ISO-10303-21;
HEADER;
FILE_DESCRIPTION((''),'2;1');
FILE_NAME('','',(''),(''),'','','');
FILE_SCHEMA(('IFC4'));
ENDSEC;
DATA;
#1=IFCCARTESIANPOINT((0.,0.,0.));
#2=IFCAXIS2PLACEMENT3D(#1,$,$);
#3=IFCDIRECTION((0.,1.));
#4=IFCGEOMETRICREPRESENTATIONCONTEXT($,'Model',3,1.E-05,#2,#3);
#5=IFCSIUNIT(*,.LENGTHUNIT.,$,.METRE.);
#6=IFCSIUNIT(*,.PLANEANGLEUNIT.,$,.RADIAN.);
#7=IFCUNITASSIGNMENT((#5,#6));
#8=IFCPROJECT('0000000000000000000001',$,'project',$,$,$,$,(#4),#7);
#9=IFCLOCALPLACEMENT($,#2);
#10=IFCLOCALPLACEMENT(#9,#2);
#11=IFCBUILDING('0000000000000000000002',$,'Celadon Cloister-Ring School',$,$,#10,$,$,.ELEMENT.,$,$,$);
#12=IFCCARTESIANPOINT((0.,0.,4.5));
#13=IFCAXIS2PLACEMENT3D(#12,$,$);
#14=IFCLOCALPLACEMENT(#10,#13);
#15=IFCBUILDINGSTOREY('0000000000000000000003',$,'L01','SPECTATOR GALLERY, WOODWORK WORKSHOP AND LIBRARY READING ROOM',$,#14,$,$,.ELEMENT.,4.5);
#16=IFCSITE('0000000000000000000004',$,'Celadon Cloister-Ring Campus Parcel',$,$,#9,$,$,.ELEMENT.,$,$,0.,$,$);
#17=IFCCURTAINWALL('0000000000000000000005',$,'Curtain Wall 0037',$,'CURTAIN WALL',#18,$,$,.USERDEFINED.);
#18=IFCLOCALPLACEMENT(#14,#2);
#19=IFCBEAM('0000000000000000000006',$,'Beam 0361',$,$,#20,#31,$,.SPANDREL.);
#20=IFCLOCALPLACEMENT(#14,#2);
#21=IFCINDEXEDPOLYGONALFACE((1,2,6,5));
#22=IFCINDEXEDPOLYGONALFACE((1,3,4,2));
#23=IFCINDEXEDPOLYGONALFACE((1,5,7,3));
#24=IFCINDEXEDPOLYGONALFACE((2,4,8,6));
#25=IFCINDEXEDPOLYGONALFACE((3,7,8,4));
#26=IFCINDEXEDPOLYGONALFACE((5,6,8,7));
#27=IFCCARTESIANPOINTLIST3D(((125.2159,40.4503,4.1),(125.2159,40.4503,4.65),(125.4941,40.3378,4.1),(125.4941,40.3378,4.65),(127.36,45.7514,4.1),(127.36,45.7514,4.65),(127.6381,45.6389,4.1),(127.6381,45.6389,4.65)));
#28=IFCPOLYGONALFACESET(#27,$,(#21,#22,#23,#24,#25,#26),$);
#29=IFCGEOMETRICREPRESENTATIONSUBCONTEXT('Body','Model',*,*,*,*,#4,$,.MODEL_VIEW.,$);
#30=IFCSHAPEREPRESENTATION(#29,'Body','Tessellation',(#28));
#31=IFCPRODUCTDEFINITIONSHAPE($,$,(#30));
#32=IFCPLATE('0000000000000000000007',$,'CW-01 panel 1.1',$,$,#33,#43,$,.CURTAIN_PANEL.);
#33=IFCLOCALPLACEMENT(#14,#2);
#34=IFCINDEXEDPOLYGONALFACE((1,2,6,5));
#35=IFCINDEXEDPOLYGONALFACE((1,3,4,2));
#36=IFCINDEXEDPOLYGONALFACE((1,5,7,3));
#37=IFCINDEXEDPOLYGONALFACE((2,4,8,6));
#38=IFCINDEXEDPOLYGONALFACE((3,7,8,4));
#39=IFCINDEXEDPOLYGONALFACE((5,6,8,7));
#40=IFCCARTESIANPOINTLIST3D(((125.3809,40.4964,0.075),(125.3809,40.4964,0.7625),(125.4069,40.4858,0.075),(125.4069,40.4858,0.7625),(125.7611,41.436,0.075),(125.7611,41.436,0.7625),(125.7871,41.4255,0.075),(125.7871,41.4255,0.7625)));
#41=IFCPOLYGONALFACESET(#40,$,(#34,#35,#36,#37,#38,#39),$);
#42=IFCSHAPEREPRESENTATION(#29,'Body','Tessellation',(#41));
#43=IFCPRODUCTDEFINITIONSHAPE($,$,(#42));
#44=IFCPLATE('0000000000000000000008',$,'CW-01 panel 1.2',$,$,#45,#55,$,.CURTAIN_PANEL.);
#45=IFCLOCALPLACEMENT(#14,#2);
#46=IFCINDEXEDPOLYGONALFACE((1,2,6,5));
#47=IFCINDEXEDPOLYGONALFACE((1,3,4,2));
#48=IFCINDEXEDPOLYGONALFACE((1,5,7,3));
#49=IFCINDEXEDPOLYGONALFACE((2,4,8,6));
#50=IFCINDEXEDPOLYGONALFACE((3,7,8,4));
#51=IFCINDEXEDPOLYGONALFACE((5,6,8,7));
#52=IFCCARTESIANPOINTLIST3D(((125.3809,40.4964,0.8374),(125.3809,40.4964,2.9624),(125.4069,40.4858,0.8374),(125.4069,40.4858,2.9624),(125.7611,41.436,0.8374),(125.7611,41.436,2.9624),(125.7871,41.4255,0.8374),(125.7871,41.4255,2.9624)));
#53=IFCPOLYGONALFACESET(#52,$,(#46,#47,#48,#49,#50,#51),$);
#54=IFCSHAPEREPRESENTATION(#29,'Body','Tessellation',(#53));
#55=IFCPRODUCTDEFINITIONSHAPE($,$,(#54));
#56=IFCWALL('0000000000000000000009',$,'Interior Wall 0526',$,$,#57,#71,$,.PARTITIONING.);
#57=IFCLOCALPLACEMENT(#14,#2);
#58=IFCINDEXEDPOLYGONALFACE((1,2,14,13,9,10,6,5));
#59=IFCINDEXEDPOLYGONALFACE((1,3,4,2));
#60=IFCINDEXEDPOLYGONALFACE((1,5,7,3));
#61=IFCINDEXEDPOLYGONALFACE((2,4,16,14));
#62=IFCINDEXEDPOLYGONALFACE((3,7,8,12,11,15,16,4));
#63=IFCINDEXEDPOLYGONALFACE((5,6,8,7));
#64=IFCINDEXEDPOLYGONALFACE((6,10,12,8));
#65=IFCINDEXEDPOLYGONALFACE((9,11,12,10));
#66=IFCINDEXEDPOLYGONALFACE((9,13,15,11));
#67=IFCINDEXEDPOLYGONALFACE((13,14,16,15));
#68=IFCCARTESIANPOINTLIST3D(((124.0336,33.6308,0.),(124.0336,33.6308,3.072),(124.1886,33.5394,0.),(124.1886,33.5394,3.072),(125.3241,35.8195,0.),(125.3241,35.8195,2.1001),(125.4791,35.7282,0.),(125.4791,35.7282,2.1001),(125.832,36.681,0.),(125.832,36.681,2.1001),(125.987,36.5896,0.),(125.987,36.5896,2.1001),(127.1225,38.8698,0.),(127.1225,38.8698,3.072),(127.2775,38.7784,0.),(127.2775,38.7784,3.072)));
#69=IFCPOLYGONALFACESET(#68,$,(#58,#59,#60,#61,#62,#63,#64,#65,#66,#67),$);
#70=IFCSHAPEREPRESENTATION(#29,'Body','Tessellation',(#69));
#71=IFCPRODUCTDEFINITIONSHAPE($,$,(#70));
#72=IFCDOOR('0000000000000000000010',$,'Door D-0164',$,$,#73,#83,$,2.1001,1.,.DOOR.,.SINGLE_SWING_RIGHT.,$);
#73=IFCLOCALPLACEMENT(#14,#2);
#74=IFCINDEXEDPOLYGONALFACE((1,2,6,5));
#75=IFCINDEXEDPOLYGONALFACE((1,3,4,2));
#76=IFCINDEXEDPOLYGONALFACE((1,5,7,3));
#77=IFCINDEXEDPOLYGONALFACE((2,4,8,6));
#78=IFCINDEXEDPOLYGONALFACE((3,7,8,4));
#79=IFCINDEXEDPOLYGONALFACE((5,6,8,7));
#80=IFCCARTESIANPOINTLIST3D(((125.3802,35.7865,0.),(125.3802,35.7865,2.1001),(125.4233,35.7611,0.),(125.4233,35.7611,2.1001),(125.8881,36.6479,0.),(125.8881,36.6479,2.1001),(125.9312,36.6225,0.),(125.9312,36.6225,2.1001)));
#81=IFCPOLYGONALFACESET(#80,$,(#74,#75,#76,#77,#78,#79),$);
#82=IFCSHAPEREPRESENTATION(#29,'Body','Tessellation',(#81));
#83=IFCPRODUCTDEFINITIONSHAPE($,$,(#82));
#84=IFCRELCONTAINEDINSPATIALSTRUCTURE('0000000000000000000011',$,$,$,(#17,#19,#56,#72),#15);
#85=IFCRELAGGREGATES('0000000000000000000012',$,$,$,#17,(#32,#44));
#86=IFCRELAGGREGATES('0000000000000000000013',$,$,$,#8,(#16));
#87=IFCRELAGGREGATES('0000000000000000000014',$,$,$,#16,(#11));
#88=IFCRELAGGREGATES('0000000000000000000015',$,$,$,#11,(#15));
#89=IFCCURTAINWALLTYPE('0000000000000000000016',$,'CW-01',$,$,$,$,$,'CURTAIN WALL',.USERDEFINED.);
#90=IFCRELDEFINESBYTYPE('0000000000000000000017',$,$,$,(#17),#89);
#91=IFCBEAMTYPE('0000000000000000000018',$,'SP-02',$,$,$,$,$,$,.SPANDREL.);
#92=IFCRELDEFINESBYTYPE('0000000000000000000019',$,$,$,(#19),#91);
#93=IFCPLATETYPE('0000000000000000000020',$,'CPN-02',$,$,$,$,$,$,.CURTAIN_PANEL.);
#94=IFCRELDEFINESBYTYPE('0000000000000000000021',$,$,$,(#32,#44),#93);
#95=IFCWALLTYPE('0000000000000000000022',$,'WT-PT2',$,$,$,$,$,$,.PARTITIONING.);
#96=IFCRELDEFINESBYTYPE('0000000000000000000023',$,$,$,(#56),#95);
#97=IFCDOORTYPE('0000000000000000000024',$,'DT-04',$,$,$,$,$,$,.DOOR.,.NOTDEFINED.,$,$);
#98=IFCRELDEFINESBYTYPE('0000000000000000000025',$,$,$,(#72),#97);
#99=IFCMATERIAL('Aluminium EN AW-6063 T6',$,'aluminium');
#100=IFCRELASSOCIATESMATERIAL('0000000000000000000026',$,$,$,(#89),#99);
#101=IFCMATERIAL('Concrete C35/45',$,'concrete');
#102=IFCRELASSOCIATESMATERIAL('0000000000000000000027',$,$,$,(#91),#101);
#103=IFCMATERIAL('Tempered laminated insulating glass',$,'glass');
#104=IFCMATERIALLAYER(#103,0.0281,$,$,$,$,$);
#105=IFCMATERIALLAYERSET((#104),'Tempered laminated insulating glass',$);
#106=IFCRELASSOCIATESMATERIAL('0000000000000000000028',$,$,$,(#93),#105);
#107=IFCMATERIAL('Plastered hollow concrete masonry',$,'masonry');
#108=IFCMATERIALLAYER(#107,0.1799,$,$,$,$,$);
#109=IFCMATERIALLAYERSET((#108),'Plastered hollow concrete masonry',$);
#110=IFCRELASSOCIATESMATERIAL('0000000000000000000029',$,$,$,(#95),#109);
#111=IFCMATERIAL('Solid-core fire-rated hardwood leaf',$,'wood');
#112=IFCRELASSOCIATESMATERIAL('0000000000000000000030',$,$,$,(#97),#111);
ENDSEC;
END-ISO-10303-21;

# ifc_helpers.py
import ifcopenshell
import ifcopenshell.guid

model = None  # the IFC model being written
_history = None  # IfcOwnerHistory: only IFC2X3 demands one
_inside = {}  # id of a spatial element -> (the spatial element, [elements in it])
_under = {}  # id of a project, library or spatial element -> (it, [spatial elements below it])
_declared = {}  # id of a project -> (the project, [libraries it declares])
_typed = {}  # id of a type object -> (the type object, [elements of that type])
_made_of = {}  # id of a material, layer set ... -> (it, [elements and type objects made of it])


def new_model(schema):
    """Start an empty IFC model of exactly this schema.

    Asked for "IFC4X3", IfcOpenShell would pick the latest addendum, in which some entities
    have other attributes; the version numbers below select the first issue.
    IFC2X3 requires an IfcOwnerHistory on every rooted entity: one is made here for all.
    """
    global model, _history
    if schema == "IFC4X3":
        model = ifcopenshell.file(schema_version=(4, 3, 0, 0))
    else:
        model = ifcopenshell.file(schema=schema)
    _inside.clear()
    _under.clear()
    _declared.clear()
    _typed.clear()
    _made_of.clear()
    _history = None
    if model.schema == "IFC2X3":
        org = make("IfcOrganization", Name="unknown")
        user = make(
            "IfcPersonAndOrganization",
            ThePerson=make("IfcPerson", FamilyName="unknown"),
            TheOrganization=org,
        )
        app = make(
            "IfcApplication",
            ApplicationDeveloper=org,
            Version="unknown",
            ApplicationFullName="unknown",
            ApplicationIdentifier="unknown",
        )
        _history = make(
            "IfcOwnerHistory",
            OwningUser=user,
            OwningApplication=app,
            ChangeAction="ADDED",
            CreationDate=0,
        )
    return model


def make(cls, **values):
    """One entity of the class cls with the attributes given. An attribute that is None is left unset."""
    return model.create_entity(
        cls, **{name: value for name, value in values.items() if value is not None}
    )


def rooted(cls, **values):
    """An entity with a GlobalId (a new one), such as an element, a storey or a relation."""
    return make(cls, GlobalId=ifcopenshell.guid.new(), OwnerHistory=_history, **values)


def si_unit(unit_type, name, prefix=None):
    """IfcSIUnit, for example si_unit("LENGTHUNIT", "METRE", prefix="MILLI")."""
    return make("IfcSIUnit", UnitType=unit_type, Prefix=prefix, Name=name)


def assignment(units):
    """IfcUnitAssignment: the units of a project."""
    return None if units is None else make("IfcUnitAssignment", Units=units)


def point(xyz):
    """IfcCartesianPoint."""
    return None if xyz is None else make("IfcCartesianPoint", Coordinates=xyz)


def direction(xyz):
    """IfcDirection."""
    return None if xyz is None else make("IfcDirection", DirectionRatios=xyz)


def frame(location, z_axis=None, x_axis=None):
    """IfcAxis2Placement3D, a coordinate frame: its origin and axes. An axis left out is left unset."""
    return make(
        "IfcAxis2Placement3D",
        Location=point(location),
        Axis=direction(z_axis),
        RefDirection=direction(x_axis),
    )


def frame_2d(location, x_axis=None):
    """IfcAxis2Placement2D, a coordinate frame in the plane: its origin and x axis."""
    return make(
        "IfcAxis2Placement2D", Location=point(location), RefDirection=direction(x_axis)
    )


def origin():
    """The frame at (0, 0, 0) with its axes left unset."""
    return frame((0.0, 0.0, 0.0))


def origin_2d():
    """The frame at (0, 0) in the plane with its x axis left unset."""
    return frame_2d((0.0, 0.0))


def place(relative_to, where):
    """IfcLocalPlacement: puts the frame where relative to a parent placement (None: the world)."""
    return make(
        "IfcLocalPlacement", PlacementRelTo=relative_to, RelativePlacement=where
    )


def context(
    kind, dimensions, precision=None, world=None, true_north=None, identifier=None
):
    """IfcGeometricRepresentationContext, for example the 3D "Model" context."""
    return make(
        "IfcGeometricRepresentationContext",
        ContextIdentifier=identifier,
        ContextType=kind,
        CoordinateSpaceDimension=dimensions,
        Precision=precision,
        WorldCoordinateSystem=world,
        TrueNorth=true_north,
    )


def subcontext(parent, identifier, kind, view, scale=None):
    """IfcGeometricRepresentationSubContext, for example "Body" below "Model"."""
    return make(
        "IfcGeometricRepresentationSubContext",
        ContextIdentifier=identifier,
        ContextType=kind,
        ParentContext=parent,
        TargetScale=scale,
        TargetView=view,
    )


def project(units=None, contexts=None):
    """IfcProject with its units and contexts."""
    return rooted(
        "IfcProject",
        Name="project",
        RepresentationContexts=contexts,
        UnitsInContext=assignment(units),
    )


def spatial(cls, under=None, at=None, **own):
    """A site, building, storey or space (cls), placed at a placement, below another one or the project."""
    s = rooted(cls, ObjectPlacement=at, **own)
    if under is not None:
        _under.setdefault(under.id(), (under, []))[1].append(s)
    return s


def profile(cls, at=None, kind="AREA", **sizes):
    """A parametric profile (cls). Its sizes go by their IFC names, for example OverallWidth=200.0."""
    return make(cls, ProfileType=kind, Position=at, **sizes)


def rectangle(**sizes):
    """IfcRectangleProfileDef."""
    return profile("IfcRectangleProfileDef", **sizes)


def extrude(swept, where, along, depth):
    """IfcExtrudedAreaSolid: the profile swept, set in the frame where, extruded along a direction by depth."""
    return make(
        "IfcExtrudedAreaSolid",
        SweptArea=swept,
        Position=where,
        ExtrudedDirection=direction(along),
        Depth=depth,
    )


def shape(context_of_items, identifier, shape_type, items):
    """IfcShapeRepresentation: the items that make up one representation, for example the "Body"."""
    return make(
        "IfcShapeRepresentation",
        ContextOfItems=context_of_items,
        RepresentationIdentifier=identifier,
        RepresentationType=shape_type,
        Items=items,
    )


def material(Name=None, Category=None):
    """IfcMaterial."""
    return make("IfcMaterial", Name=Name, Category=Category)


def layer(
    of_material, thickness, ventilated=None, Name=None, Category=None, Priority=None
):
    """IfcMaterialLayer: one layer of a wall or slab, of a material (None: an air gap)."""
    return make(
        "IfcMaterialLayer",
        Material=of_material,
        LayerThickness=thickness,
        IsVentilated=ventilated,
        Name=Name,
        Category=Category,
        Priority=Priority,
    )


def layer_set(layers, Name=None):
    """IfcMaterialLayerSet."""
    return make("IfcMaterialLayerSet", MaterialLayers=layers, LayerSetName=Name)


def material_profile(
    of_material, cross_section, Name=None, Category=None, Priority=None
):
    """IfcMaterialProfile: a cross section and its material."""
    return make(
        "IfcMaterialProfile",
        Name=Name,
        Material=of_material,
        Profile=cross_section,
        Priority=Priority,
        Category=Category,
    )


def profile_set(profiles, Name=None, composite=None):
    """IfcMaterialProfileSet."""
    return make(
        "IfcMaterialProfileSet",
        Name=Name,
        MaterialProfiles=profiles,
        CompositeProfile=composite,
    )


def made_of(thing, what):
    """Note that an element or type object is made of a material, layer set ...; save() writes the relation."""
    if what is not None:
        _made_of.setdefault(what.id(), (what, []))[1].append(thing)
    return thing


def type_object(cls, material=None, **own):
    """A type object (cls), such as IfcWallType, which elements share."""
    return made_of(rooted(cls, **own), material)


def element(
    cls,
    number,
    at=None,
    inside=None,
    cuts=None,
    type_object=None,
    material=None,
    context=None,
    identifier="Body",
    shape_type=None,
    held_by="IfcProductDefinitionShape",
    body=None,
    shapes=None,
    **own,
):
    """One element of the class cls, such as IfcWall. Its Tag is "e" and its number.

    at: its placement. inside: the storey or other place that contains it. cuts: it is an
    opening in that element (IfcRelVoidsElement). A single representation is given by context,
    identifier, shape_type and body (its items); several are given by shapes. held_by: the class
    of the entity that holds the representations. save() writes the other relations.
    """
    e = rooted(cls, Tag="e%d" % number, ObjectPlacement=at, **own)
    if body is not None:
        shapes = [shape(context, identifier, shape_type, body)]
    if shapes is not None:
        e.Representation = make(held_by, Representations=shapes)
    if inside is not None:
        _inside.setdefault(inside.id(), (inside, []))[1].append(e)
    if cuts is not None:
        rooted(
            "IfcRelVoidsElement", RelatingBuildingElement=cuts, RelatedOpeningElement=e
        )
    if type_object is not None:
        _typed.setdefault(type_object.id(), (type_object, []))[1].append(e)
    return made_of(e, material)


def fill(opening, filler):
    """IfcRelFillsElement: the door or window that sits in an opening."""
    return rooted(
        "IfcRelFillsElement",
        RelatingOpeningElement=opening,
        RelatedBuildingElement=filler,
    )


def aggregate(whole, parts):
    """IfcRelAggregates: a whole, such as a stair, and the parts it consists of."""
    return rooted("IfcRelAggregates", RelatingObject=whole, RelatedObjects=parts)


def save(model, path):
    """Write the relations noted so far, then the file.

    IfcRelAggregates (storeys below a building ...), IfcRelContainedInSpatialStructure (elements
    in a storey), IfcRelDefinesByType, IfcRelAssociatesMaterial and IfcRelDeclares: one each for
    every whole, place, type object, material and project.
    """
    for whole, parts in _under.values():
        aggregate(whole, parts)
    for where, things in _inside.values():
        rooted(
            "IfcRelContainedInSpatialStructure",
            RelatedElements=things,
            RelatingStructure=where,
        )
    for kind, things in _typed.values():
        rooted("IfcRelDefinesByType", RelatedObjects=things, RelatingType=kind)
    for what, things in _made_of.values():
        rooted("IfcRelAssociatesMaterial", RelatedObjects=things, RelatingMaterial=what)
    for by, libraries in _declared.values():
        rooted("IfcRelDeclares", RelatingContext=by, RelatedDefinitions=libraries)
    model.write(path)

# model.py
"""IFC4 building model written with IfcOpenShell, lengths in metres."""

from ifc_helpers import new_model, si_unit, direction, frame, frame_2d, origin, origin_2d, place, context, subcontext, project, spatial, rectangle, extrude, material, layer, layer_set, material_profile, profile_set, type_object, element, fill, aggregate, save


model = new_model("IFC4")

# Units and contexts
model_context = context("Model", 3, precision=1e-05, world=origin(), true_north=direction((0.0, 1.0)))
body_context = subcontext(model_context, "Body", "Model", "MODEL_VIEW")
ifc_project = project(units=[si_unit("LENGTHUNIT", "METRE"), si_unit("PLANEANGLEUNIT", "RADIAN")], contexts=[model_context])

# Site, building, storey
site_placement = place(None, origin())
site = spatial("IfcSite", under=ifc_project, at=site_placement, Name="Celadon Cloister-Ring Campus Parcel", CompositionType="ELEMENT", RefElevation=0.0)
building_placement = place(site_placement, origin())
building = spatial("IfcBuilding", under=site, at=building_placement, Name="Celadon Cloister-Ring School", CompositionType="ELEMENT")
storey_placement = place(building_placement, frame((0.0, 0.0, 4.5)))
storey = spatial("IfcBuildingStorey", under=building, at=storey_placement, Name="L01", Description="SPECTATOR GALLERY, WOODWORK WORKSHOP AND LIBRARY READING ROOM", CompositionType="ELEMENT", Elevation=4.5)

# Curtain wall
ifc_material_1 = material(Name="Aluminium EN AW-6063 T6", Category="aluminium")
curtain_wall_type = type_object("IfcCurtainWallType", Name="CW-01", ElementType="CURTAIN WALL", PredefinedType="USERDEFINED", material=ifc_material_1)
curtain_wall_placement = place(storey_placement, origin())
curtain_wall = element("IfcCurtainWall", 1, at=curtain_wall_placement, inside=storey, type_object=curtain_wall_type, Name="Curtain Wall 0037", ObjectType="CURTAIN WALL", PredefinedType="USERDEFINED")

# Beam
ifc_material_2 = material(Name="Concrete C35/45", Category="concrete")
ifc_material_profile_1 = material_profile(ifc_material_2, rectangle(XDim=0.3, YDim=0.55, at=origin_2d()), Name="RC300X550")
ifc_profile_set_1 = profile_set([ifc_material_profile_1], Name="Concrete C35/45")
beam_type_1 = type_object("IfcBeamType", Name="SP-02", PredefinedType="SPANDREL", material=ifc_profile_set_1)
beam_1_placement = place(storey_placement, frame((125.355, 40.394, 4.375), z_axis=(0.374951, 0.927045, 0.0), x_axis=(-0.927045, 0.374951, 0.0)))
element("IfcBeam", 2, at=beam_1_placement, inside=storey, type_object=beam_type_1, Name="Beam 0361", PredefinedType="SPANDREL", context=body_context, shape_type="SweptSolid", body=[
    extrude(rectangle(XDim=0.3, YDim=0.55, at=origin_2d()), origin(), (0.0, 0.0, 1.0), 5.7183),
])

# Plates
ifc_material_3 = material(Name="Tempered laminated insulating glass", Category="glass")
ifc_layer_1 = layer(ifc_material_3, 0.0281)
ifc_layer_set_1 = layer_set([ifc_layer_1], Name="Tempered laminated insulating glass")
plate_type = type_object("IfcPlateType", Name="CPN-02", PredefinedType="CURTAIN_PANEL", material=ifc_layer_set_1)
plate_1_placement = place(storey_placement, frame((125.584, 40.9609, 0.075), z_axis=(0.0, 0.0, 1.0), x_axis=(0.375038, 0.92701, 0.0)))
plate_1 = element("IfcPlate", 3, at=plate_1_placement, type_object=plate_type, Name="CW-01 panel 1.1", PredefinedType="CURTAIN_PANEL", context=body_context, shape_type="SweptSolid", body=[
    extrude(rectangle(XDim=1.0137, YDim=0.0281, at=origin_2d()), origin(), (0.0, 0.0, 1.0), 0.6875),
])
plate_2_placement = place(storey_placement, frame((125.584, 40.9609, 0.8374), z_axis=(0.0, 0.0, 1.0), x_axis=(0.375038, 0.92701, 0.0)))
plate_2 = element("IfcPlate", 4, at=plate_2_placement, type_object=plate_type, Name="CW-01 panel 1.2", PredefinedType="CURTAIN_PANEL", context=body_context, shape_type="SweptSolid", body=[
    extrude(rectangle(XDim=1.0137, YDim=0.0281, at=origin_2d()), origin(), (0.0, 0.0, 1.0), 2.125),
])
aggregate(curtain_wall, [plate_1, plate_2])

# Wall, opening, door
ifc_material_4 = material(Name="Plastered hollow concrete masonry", Category="masonry")
ifc_layer_2 = layer(ifc_material_4, 0.1799)
ifc_layer_set_2 = layer_set([ifc_layer_2], Name="Plastered hollow concrete masonry")
wall_type = type_object("IfcWallType", Name="WT-PT2", PredefinedType="PARTITIONING", material=ifc_layer_set_2)
wall_placement = place(storey_placement, frame((124.1111, 33.585, 0.0), z_axis=(0.0, 0.0, 1.0), x_axis=(0.507887, 0.861424, 0.0)))
wall = element("IfcWall", 5, at=wall_placement, inside=storey, type_object=wall_type, Name="Interior Wall 0526", PredefinedType="PARTITIONING", context=body_context, shape_type="SweptSolid", body=[
    extrude(rectangle(XDim=6.0818, YDim=0.1799, at=frame_2d((3.041, 0.0))), origin(), (0.0, 0.0, 1.0), 3.072),
])
opening_placement = place(wall_placement, frame((2.541, 0.0, 0.0)))
opening = element("IfcOpeningElement", 6, at=opening_placement, cuts=wall, PredefinedType="OPENING", context=body_context, shape_type="SweptSolid", body=[
    extrude(rectangle(XDim=1.0, YDim=2.1001, at=frame_2d((0.5, 1.05))), frame((0.0, 0.1001, 0.0), z_axis=(0.0, -1.0, 0.0), x_axis=(1.0, 0.0, 0.0)), (0.0, 0.0, 1.0), 0.2),
])
ifc_material_5 = material(Name="Solid-core fire-rated hardwood leaf", Category="wood")
door_type = type_object("IfcDoorType", Name="DT-04", OperationType="NOTDEFINED", PredefinedType="DOOR", material=ifc_material_5)
door_placement = place(opening_placement, origin())
door = element("IfcDoor", 7, at=door_placement, inside=storey, type_object=door_type, Name="Door D-0164", OperationType="SINGLE_SWING_RIGHT", OverallHeight=2.1001, OverallWidth=1.0, PredefinedType="DOOR", context=body_context, shape_type="SweptSolid", body=[
    extrude(rectangle(XDim=1.0, YDim=2.1001, at=frame_2d((0.5, 1.05))), frame((0.0, 0.0249, 0.0), z_axis=(0.0, -1.0, 0.0), x_axis=(1.0, 0.0, 0.0)), (0.0, 0.0, 1.0), 0.05),
])
fill(opening, door)

save(model, "model.ifc")
